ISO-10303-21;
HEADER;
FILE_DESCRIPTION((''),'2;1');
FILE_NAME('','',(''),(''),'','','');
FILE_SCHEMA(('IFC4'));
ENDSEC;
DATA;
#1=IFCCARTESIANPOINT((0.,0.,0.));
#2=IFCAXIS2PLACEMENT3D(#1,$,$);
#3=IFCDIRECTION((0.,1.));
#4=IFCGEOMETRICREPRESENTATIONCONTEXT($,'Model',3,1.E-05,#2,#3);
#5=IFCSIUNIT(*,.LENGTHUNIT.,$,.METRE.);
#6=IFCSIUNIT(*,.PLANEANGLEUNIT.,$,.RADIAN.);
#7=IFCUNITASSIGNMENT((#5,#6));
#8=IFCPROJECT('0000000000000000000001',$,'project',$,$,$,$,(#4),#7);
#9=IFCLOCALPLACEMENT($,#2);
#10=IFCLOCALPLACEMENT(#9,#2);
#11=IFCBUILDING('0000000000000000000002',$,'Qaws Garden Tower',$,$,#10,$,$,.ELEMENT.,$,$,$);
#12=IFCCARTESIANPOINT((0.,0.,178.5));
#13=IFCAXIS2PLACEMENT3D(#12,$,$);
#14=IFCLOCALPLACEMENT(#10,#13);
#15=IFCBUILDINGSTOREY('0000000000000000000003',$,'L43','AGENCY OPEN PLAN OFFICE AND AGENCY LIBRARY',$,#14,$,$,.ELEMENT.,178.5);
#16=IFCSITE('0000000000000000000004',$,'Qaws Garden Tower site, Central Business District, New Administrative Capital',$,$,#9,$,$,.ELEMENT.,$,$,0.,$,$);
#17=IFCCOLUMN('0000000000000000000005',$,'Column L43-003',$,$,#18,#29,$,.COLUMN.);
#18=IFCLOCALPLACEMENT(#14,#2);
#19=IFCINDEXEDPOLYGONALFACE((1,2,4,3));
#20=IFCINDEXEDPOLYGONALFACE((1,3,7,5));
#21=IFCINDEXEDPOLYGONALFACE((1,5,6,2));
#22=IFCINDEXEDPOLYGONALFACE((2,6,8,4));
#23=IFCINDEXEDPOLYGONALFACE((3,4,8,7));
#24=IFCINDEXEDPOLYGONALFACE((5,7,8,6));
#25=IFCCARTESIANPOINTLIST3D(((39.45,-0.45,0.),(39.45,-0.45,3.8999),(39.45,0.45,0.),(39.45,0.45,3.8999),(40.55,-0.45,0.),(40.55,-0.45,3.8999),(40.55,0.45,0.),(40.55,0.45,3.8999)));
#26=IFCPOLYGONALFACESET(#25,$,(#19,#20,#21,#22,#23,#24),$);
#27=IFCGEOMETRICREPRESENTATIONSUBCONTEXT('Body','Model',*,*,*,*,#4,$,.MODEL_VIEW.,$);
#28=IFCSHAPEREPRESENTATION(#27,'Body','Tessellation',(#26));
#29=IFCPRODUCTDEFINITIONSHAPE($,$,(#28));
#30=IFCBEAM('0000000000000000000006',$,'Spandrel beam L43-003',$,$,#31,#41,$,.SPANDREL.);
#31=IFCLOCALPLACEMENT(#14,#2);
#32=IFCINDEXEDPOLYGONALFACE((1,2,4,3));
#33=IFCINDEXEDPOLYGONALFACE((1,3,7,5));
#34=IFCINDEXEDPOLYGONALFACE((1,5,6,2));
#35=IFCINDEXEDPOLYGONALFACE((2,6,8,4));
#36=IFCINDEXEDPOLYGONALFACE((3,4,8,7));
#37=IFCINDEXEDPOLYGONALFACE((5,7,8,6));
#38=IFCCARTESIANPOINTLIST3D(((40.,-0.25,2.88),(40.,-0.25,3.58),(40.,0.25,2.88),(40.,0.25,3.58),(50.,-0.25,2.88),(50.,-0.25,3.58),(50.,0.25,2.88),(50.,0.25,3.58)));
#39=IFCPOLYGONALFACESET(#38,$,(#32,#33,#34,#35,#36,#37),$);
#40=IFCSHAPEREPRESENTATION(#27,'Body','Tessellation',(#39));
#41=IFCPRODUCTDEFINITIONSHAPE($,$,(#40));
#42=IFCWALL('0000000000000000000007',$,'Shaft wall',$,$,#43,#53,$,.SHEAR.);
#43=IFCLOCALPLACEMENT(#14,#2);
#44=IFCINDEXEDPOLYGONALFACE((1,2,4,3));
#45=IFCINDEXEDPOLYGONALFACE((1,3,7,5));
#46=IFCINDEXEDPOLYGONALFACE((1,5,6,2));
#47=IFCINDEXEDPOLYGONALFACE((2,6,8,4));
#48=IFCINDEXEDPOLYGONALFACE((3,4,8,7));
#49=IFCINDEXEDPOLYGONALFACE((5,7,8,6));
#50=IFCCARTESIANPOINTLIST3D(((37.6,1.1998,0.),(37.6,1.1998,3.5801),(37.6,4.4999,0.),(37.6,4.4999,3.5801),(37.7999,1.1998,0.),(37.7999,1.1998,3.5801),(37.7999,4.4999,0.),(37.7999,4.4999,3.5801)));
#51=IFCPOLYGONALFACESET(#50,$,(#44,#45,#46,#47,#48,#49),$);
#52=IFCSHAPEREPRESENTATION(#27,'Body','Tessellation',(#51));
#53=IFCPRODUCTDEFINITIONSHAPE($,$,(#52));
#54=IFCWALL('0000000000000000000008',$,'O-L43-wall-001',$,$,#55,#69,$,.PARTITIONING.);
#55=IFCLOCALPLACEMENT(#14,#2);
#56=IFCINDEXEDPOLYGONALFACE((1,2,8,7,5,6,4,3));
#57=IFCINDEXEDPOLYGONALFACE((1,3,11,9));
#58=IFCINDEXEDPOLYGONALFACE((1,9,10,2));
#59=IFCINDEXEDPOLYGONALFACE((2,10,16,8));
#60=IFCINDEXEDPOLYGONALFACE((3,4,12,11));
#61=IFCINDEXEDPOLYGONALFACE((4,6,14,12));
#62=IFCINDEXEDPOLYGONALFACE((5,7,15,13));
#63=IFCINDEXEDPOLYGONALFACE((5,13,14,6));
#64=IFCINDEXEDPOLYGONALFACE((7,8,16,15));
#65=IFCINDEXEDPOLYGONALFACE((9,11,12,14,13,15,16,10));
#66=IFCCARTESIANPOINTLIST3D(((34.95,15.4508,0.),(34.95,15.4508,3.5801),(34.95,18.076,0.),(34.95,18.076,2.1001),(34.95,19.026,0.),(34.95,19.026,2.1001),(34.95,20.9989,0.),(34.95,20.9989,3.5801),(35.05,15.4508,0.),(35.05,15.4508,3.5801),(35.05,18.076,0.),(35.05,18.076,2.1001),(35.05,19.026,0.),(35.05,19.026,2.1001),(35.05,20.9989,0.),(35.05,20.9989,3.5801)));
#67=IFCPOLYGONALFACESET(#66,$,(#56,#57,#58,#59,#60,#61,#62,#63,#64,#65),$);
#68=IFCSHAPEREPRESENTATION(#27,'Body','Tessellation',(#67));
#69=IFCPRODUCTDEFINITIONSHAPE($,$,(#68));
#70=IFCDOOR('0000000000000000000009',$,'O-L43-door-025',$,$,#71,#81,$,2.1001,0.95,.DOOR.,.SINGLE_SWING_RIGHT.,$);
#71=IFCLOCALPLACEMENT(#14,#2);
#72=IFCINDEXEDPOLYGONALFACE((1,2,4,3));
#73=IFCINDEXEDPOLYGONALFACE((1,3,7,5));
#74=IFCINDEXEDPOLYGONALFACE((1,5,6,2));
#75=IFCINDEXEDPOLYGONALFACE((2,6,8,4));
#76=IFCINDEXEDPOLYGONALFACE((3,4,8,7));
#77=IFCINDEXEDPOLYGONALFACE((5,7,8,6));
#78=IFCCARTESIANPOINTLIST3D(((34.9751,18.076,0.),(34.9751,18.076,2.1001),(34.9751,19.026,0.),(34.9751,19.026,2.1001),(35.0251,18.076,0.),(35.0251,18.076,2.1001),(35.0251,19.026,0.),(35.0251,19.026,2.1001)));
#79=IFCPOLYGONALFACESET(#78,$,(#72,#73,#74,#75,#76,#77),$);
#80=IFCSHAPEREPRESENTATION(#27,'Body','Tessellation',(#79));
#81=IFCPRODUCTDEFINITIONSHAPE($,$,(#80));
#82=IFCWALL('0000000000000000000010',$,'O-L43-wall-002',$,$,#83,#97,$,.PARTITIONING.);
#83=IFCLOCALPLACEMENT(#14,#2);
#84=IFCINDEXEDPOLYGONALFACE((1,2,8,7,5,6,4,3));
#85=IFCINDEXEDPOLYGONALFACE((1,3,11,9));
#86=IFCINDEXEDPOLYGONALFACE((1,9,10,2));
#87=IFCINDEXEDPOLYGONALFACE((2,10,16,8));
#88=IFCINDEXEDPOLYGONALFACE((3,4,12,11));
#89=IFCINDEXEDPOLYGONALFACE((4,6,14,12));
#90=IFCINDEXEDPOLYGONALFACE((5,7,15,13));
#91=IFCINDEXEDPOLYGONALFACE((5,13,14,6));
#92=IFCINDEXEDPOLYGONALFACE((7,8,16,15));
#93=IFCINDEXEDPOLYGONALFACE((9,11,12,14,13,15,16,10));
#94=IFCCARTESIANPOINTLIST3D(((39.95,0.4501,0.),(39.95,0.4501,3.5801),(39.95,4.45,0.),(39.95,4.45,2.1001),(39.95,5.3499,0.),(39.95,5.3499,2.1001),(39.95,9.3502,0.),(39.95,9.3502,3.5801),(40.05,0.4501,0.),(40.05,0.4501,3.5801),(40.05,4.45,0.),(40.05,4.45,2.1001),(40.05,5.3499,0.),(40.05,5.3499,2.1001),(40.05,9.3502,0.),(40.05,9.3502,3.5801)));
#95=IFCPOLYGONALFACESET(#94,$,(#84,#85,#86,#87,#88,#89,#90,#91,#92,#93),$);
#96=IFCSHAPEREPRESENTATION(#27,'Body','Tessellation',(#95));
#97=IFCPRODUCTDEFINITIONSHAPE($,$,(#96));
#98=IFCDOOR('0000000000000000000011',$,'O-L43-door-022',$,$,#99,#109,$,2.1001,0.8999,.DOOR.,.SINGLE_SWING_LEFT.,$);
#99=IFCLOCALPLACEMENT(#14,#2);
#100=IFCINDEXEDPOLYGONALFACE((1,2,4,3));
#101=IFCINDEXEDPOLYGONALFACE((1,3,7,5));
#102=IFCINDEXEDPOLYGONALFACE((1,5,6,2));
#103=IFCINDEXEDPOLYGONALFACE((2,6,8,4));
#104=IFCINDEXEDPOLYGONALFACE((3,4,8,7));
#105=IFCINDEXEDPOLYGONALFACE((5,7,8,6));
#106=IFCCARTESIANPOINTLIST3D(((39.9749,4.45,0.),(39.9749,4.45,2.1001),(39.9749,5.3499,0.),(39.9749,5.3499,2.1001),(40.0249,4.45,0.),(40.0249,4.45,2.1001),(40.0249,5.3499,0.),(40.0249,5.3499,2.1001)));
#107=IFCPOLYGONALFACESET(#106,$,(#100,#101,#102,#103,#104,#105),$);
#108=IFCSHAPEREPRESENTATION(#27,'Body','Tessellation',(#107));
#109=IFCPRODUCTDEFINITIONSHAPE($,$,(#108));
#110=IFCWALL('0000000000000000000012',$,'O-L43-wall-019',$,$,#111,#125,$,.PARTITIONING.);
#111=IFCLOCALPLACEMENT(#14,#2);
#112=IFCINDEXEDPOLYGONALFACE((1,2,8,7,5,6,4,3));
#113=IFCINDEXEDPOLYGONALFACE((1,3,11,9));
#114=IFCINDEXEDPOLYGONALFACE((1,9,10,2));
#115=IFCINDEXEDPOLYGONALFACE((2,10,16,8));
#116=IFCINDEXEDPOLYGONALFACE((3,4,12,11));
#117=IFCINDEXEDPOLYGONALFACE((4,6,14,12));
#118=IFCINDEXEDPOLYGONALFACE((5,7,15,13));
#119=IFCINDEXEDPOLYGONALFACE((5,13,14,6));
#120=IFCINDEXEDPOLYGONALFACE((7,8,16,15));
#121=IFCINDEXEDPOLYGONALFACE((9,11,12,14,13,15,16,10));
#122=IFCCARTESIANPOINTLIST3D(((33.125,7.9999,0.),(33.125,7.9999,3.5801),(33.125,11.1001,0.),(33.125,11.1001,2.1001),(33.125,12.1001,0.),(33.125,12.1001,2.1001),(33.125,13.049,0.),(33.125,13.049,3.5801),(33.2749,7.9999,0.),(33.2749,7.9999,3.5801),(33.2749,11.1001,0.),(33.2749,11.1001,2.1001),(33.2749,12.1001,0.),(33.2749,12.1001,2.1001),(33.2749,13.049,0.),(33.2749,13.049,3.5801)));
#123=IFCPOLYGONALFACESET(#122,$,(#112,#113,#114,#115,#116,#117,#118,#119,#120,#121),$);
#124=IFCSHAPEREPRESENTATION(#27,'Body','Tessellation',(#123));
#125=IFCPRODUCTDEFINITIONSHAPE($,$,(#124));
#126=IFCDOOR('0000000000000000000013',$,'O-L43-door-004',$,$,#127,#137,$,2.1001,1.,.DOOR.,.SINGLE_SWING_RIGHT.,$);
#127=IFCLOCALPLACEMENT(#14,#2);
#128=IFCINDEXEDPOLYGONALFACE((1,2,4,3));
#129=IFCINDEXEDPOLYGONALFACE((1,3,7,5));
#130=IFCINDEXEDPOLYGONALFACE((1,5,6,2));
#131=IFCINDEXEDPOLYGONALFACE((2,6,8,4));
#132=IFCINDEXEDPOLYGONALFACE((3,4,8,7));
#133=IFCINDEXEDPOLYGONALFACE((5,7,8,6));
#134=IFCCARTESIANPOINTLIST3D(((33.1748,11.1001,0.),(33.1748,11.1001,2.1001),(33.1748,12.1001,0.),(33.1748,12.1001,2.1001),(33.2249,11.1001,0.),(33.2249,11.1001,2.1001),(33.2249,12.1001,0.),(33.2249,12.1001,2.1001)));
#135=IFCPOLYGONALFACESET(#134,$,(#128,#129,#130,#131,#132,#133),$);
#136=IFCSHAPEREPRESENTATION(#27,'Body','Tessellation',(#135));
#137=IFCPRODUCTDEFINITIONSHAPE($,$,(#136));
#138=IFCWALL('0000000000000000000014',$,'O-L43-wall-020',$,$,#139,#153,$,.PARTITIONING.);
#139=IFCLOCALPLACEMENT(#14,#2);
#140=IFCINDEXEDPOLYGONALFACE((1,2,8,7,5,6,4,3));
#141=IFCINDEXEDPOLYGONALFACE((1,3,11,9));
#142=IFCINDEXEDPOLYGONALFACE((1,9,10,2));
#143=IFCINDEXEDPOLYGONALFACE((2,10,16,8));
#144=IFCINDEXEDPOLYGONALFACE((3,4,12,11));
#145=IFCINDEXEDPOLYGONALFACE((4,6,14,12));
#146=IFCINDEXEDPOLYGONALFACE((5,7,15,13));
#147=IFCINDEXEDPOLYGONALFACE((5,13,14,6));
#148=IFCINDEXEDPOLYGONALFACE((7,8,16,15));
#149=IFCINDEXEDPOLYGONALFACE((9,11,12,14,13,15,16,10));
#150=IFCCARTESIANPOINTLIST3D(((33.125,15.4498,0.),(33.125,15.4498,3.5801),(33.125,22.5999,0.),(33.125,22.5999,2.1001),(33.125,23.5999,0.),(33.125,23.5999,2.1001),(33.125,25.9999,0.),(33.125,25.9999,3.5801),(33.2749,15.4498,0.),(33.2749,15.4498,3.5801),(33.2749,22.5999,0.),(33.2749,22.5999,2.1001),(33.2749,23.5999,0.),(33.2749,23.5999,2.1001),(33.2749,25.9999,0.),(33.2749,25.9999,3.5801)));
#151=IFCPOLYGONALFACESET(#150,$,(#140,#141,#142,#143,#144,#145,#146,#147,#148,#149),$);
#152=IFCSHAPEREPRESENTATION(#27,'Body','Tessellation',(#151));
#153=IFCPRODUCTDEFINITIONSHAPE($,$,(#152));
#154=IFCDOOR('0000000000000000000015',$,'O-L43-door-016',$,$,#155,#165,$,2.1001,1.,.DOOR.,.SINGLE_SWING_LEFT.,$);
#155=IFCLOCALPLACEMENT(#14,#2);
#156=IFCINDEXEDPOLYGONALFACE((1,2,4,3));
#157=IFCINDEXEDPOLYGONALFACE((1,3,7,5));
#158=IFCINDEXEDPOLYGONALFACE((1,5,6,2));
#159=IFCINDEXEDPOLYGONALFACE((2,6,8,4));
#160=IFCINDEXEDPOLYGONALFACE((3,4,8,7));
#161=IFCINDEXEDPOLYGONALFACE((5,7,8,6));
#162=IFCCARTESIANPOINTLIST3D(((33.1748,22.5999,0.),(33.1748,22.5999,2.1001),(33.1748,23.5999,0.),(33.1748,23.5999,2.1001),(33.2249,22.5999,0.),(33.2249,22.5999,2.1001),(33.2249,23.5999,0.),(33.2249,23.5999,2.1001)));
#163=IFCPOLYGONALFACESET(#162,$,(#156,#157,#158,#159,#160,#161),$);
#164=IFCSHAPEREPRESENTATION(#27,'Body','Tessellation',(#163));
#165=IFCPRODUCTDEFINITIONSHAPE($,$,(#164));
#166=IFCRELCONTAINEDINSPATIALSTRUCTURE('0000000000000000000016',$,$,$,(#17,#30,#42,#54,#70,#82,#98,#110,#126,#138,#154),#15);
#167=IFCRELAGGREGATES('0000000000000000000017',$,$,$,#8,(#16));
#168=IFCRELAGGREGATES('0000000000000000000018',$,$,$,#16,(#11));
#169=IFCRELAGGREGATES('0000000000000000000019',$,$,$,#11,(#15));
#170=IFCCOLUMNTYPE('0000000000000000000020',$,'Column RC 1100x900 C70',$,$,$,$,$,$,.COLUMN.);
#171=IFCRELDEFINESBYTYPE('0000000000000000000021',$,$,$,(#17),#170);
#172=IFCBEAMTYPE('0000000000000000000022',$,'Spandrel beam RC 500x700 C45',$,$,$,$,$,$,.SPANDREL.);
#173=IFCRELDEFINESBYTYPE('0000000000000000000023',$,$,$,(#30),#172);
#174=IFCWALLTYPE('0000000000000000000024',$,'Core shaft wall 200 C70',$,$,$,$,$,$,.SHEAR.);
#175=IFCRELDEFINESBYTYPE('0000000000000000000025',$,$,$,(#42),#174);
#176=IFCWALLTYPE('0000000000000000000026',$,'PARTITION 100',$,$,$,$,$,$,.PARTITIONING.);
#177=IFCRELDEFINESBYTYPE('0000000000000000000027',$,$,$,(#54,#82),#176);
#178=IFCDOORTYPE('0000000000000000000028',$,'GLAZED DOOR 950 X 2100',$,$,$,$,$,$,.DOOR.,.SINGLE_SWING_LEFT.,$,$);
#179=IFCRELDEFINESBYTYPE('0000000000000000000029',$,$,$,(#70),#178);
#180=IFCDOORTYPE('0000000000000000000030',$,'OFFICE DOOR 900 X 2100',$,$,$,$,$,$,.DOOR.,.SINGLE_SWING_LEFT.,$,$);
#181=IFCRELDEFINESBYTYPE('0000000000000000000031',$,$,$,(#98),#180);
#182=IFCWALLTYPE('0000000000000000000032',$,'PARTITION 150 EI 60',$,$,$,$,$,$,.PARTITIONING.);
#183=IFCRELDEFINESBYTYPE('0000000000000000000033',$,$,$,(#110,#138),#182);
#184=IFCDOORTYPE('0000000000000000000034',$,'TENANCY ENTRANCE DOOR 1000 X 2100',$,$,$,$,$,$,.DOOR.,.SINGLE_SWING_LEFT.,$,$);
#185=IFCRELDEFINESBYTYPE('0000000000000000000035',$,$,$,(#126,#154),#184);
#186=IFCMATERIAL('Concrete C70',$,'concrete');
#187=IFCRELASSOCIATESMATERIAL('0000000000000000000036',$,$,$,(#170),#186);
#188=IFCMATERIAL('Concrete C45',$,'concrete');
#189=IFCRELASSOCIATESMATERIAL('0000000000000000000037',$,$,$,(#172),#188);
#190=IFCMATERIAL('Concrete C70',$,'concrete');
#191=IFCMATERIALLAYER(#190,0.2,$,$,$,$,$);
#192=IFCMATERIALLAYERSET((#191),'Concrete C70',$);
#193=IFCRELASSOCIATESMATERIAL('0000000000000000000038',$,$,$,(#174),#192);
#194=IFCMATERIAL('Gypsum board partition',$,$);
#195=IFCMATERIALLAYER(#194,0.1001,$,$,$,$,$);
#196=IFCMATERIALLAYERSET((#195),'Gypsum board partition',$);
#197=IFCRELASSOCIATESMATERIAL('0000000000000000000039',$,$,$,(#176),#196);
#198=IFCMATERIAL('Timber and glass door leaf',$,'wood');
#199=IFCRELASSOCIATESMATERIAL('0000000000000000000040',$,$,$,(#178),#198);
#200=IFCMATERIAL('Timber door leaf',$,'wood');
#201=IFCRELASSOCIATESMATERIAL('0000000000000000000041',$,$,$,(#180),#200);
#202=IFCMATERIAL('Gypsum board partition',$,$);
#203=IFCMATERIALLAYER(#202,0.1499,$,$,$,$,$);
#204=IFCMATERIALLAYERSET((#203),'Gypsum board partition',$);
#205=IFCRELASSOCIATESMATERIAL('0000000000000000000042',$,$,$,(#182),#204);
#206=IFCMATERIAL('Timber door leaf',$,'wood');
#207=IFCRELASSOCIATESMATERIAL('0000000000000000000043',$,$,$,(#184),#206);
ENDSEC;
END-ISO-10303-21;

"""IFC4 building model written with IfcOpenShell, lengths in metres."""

from ifc_helpers import new_model, si_unit, direction, frame, frame_2d, origin, origin_2d, place, context, subcontext, project, spatial, rectangle, extrude, material, layer, layer_set, material_profile, profile_set, type_object, element, fill, save


model = new_model("IFC4")

# Units and contexts
model_context = context("Model", 3, precision=1e-05, world=origin(), true_north=direction((0.0, 1.0)))
body_context = subcontext(model_context, "Body", "Model", "MODEL_VIEW")
ifc_project = project(units=[si_unit("LENGTHUNIT", "METRE"), si_unit("PLANEANGLEUNIT", "RADIAN")], contexts=[model_context])

# Site, building, storey
site_placement = place(None, origin())
site = spatial("IfcSite", under=ifc_project, at=site_placement, Name="Qaws Garden Tower site, Central Business District, New Administrative Capital", CompositionType="ELEMENT", RefElevation=0.0)
building_placement = place(site_placement, origin())
building = spatial("IfcBuilding", under=site, at=building_placement, Name="Qaws Garden Tower", CompositionType="ELEMENT")
storey_placement = place(building_placement, frame((0.0, 0.0, 178.5)))
storey = spatial("IfcBuildingStorey", under=building, at=storey_placement, Name="L43", Description="AGENCY OPEN PLAN OFFICE AND AGENCY LIBRARY", CompositionType="ELEMENT", Elevation=178.5)

# Column
ifc_material_1 = material(Name="Concrete C70", Category="concrete")
ifc_material_profile_1 = material_profile(ifc_material_1, rectangle(XDim=1.1001, YDim=0.8999, at=origin_2d()), Name="RC 1100x900")
ifc_profile_set_1 = profile_set([ifc_material_profile_1], Name="Concrete C70")
column_type = type_object("IfcColumnType", Name="Column RC 1100x900 C70", PredefinedType="COLUMN", material=ifc_profile_set_1)
column_placement = place(storey_placement, frame((40.0, 0.0, 0.0), z_axis=(0.0, 0.0, 1.0), x_axis=(1.0, 0.0, 0.0)))
element("IfcColumn", 1, at=column_placement, inside=storey, type_object=column_type, Name="Column L43-003", PredefinedType="COLUMN", context=body_context, shape_type="SweptSolid", body=[
    extrude(rectangle(XDim=1.1001, YDim=0.8999, at=origin_2d()), origin(), (0.0, 0.0, 1.0), 3.8999),
])

# Beam
ifc_material_2 = material(Name="Concrete C45", Category="concrete")
ifc_material_profile_2 = material_profile(ifc_material_2, rectangle(XDim=0.5, YDim=0.7, at=origin_2d()), Name="RC 500x700")
ifc_profile_set_2 = profile_set([ifc_material_profile_2], Name="Concrete C45")
beam_type = type_object("IfcBeamType", Name="Spandrel beam RC 500x700 C45", PredefinedType="SPANDREL", material=ifc_profile_set_2)
beam_placement = place(storey_placement, frame((40.0, 0.0, 3.23), z_axis=(1.0, 0.0, 0.0), x_axis=(0.0, 1.0, 0.0)))
element("IfcBeam", 2, at=beam_placement, inside=storey, type_object=beam_type, Name="Spandrel beam L43-003", PredefinedType="SPANDREL", context=body_context, shape_type="SweptSolid", body=[
    extrude(rectangle(XDim=0.5, YDim=0.7, at=origin_2d()), origin(), (0.0, 0.0, 1.0), 10.0),
])

# Wall
ifc_material_3 = material(Name="Concrete C70", Category="concrete")
ifc_layer_1 = layer(ifc_material_3, 0.2)
ifc_layer_set_1 = layer_set([ifc_layer_1], Name="Concrete C70")
wall_type_1 = type_object("IfcWallType", Name="Core shaft wall 200 C70", PredefinedType="SHEAR", material=ifc_layer_set_1)
wall_1_placement = place(storey_placement, frame((37.7, 1.2, 0.0), z_axis=(0.0, 0.0, 1.0), x_axis=(0.0, 1.0, 0.0)))
element("IfcWall", 3, at=wall_1_placement, inside=storey, type_object=wall_type_1, Name="Shaft wall", PredefinedType="SHEAR", context=body_context, shape_type="SweptSolid", body=[
    extrude(rectangle(XDim=3.3, YDim=0.2, at=frame_2d((1.6499, 0.0))), origin(), (0.0, 0.0, 1.0), 3.5801),
])

# Walls, openings, doors
ifc_material_4 = material(Name="Gypsum board partition")
ifc_layer_2 = layer(ifc_material_4, 0.1001)
ifc_layer_set_2 = layer_set([ifc_layer_2], Name="Gypsum board partition")
wall_type_2 = type_object("IfcWallType", Name="PARTITION 100", PredefinedType="PARTITIONING", material=ifc_layer_set_2)
wall_2_placement = place(storey_placement, frame((35.0, 15.4509, 0.0), z_axis=(0.0, 0.0, 1.0), x_axis=(0.0, 1.0, 0.0)))
wall_2 = element("IfcWall", 4, at=wall_2_placement, inside=storey, type_object=wall_type_2, Name="O-L43-wall-001", PredefinedType="PARTITIONING", context=body_context, shape_type="SweptSolid", body=[
    extrude(rectangle(XDim=5.5481, YDim=0.1001, at=frame_2d((2.7739, 0.0))), origin(), (0.0, 0.0, 1.0), 3.5801),
])
opening_1_placement = place(wall_2_placement, frame((2.625, 0.0, 0.0)))
opening_1 = element("IfcOpeningElement", 5, at=opening_1_placement, cuts=wall_2, PredefinedType="OPENING", context=body_context, shape_type="SweptSolid", body=[
    extrude(rectangle(XDim=0.95, YDim=2.1001, at=frame_2d((0.4751, 1.05))), frame((0.0, 0.0601, 0.0), z_axis=(0.0, -1.0, 0.0), x_axis=(1.0, 0.0, 0.0)), (0.0, 0.0, 1.0), 0.1201),
])
ifc_material_5 = material(Name="Timber and glass door leaf", Category="wood")
door_type_1 = type_object("IfcDoorType", Name="GLAZED DOOR 950 X 2100", OperationType="SINGLE_SWING_LEFT", PredefinedType="DOOR", material=ifc_material_5)
door_1_placement = place(opening_1_placement, origin())
door_1 = element("IfcDoor", 6, at=door_1_placement, inside=storey, type_object=door_type_1, Name="O-L43-door-025", OperationType="SINGLE_SWING_RIGHT", OverallHeight=2.1001, OverallWidth=0.95, PredefinedType="DOOR", context=body_context, shape_type="SweptSolid", body=[
    extrude(rectangle(XDim=0.95, YDim=2.1001, at=frame_2d((0.4751, 1.05))), frame((0.0, 0.0249, 0.0), z_axis=(0.0, -1.0, 0.0), x_axis=(1.0, 0.0, 0.0)), (0.0, 0.0, 1.0), 0.05),
])
fill(opening_1, door_1)
wall_3_placement = place(storey_placement, frame((40.0, 0.45, 0.0), z_axis=(0.0, 0.0, 1.0), x_axis=(0.0, 1.0, 0.0)))
wall_3 = element("IfcWall", 7, at=wall_3_placement, inside=storey, type_object=wall_type_2, Name="O-L43-wall-002", PredefinedType="PARTITIONING", context=body_context, shape_type="SweptSolid", body=[
    extrude(rectangle(XDim=8.9001, YDim=0.1001, at=frame_2d((4.4502, 0.0))), origin(), (0.0, 0.0, 1.0), 3.5801),
])
opening_2_placement = place(wall_3_placement, frame((4.0, 0.0, 0.0)))
opening_2 = element("IfcOpeningElement", 8, at=opening_2_placement, cuts=wall_3, PredefinedType="OPENING", context=body_context, shape_type="SweptSolid", body=[
    extrude(rectangle(XDim=0.8999, YDim=2.1001, at=frame_2d((0.45, 1.05))), frame((0.0, 0.0601, 0.0), z_axis=(0.0, -1.0, 0.0), x_axis=(1.0, 0.0, 0.0)), (0.0, 0.0, 1.0), 0.1201),
])
ifc_material_6 = material(Name="Timber door leaf", Category="wood")
door_type_2 = type_object("IfcDoorType", Name="OFFICE DOOR 900 X 2100", OperationType="SINGLE_SWING_LEFT", PredefinedType="DOOR", material=ifc_material_6)
door_2_placement = place(opening_2_placement, frame((0.8999, 0.0, 0.0), z_axis=(0.0, 0.0, 1.0), x_axis=(-1.0, 0.0, 0.0)))
door_2 = element("IfcDoor", 9, at=door_2_placement, inside=storey, type_object=door_type_2, Name="O-L43-door-022", OperationType="SINGLE_SWING_LEFT", OverallHeight=2.1001, OverallWidth=0.8999, PredefinedType="DOOR", context=body_context, shape_type="SweptSolid", body=[
    extrude(rectangle(XDim=0.8999, YDim=2.1001, at=frame_2d((0.45, 1.05))), frame((0.0, 0.0249, 0.0), z_axis=(0.0, -1.0, 0.0), x_axis=(1.0, 0.0, 0.0)), (0.0, 0.0, 1.0), 0.05),
])
fill(opening_2, door_2)
ifc_material_7 = material(Name="Gypsum board partition")
ifc_layer_3 = layer(ifc_material_7, 0.1499)
ifc_layer_set_3 = layer_set([ifc_layer_3], Name="Gypsum board partition")
wall_type_3 = type_object("IfcWallType", Name="PARTITION 150 EI 60", PredefinedType="PARTITIONING", material=ifc_layer_set_3)
wall_4_placement = place(storey_placement, frame((33.2, 8.0, 0.0), z_axis=(0.0, 0.0, 1.0), x_axis=(0.0, 1.0, 0.0)))
wall_4 = element("IfcWall", 10, at=wall_4_placement, inside=storey, type_object=wall_type_3, Name="O-L43-wall-019", PredefinedType="PARTITIONING", context=body_context, shape_type="SweptSolid", body=[
    extrude(rectangle(XDim=5.0491, YDim=0.1499, at=frame_2d((2.5244, 0.0))), origin(), (0.0, 0.0, 1.0), 3.5801),
])
opening_3_placement = place(wall_4_placement, frame((3.1001, 0.0, 0.0)))
opening_3 = element("IfcOpeningElement", 11, at=opening_3_placement, cuts=wall_4, PredefinedType="OPENING", context=body_context, shape_type="SweptSolid", body=[
    extrude(rectangle(XDim=1.0, YDim=2.1001, at=frame_2d((0.5, 1.05))), frame((0.0, 0.085, 0.0), z_axis=(0.0, -1.0, 0.0), x_axis=(1.0, 0.0, 0.0)), (0.0, 0.0, 1.0), 0.1699),
])
ifc_material_8 = material(Name="Timber door leaf", Category="wood")
door_type_3 = type_object("IfcDoorType", Name="TENANCY ENTRANCE DOOR 1000 X 2100", OperationType="SINGLE_SWING_LEFT", PredefinedType="DOOR", material=ifc_material_8)
door_3_placement = place(opening_3_placement, frame((1.0, 0.0, 0.0), z_axis=(0.0, 0.0, 1.0), x_axis=(-1.0, 0.0, 0.0)))
door_3 = element("IfcDoor", 12, at=door_3_placement, inside=storey, type_object=door_type_3, Name="O-L43-door-004", OperationType="SINGLE_SWING_RIGHT", OverallHeight=2.1001, OverallWidth=1.0, PredefinedType="DOOR", context=body_context, shape_type="SweptSolid", body=[
    extrude(rectangle(XDim=1.0, YDim=2.1001, at=frame_2d((0.5, 1.05))), frame((0.0, 0.0249, 0.0), z_axis=(0.0, -1.0, 0.0), x_axis=(1.0, 0.0, 0.0)), (0.0, 0.0, 1.0), 0.05),
])
fill(opening_3, door_3)
wall_5_placement = place(storey_placement, frame((33.2, 15.45, 0.0), z_axis=(0.0, 0.0, 1.0), x_axis=(0.0, 1.0, 0.0)))
wall_5 = element("IfcWall", 13, at=wall_5_placement, inside=storey, type_object=wall_type_3, Name="O-L43-wall-020", PredefinedType="PARTITIONING", context=body_context, shape_type="SweptSolid", body=[
    extrude(rectangle(XDim=10.55, YDim=0.1499, at=frame_2d((5.2749, 0.0))), origin(), (0.0, 0.0, 1.0), 3.5801),
])
opening_4_placement = place(wall_5_placement, frame((7.1499, 0.0, 0.0)))
opening_4 = element("IfcOpeningElement", 14, at=opening_4_placement, cuts=wall_5, PredefinedType="OPENING", context=body_context, shape_type="SweptSolid", body=[
    extrude(rectangle(XDim=1.0, YDim=2.1001, at=frame_2d((0.5, 1.05))), frame((0.0, 0.085, 0.0), z_axis=(0.0, -1.0, 0.0), x_axis=(1.0, 0.0, 0.0)), (0.0, 0.0, 1.0), 0.1699),
])
door_4_placement = place(opening_4_placement, frame((1.0, 0.0, 0.0), z_axis=(0.0, 0.0, 1.0), x_axis=(-1.0, 0.0, 0.0)))
door_4 = element("IfcDoor", 15, at=door_4_placement, inside=storey, type_object=door_type_3, Name="O-L43-door-016", OperationType="SINGLE_SWING_LEFT", OverallHeight=2.1001, OverallWidth=1.0, PredefinedType="DOOR", context=body_context, shape_type="SweptSolid", body=[
    extrude(rectangle(XDim=1.0, YDim=2.1001, at=frame_2d((0.5, 1.05))), frame((0.0, 0.0249, 0.0), z_axis=(0.0, -1.0, 0.0), x_axis=(1.0, 0.0, 0.0)), (0.0, 0.0, 1.0), 0.05),
])
fill(opening_4, door_4)

save(model, "model.ifc")
